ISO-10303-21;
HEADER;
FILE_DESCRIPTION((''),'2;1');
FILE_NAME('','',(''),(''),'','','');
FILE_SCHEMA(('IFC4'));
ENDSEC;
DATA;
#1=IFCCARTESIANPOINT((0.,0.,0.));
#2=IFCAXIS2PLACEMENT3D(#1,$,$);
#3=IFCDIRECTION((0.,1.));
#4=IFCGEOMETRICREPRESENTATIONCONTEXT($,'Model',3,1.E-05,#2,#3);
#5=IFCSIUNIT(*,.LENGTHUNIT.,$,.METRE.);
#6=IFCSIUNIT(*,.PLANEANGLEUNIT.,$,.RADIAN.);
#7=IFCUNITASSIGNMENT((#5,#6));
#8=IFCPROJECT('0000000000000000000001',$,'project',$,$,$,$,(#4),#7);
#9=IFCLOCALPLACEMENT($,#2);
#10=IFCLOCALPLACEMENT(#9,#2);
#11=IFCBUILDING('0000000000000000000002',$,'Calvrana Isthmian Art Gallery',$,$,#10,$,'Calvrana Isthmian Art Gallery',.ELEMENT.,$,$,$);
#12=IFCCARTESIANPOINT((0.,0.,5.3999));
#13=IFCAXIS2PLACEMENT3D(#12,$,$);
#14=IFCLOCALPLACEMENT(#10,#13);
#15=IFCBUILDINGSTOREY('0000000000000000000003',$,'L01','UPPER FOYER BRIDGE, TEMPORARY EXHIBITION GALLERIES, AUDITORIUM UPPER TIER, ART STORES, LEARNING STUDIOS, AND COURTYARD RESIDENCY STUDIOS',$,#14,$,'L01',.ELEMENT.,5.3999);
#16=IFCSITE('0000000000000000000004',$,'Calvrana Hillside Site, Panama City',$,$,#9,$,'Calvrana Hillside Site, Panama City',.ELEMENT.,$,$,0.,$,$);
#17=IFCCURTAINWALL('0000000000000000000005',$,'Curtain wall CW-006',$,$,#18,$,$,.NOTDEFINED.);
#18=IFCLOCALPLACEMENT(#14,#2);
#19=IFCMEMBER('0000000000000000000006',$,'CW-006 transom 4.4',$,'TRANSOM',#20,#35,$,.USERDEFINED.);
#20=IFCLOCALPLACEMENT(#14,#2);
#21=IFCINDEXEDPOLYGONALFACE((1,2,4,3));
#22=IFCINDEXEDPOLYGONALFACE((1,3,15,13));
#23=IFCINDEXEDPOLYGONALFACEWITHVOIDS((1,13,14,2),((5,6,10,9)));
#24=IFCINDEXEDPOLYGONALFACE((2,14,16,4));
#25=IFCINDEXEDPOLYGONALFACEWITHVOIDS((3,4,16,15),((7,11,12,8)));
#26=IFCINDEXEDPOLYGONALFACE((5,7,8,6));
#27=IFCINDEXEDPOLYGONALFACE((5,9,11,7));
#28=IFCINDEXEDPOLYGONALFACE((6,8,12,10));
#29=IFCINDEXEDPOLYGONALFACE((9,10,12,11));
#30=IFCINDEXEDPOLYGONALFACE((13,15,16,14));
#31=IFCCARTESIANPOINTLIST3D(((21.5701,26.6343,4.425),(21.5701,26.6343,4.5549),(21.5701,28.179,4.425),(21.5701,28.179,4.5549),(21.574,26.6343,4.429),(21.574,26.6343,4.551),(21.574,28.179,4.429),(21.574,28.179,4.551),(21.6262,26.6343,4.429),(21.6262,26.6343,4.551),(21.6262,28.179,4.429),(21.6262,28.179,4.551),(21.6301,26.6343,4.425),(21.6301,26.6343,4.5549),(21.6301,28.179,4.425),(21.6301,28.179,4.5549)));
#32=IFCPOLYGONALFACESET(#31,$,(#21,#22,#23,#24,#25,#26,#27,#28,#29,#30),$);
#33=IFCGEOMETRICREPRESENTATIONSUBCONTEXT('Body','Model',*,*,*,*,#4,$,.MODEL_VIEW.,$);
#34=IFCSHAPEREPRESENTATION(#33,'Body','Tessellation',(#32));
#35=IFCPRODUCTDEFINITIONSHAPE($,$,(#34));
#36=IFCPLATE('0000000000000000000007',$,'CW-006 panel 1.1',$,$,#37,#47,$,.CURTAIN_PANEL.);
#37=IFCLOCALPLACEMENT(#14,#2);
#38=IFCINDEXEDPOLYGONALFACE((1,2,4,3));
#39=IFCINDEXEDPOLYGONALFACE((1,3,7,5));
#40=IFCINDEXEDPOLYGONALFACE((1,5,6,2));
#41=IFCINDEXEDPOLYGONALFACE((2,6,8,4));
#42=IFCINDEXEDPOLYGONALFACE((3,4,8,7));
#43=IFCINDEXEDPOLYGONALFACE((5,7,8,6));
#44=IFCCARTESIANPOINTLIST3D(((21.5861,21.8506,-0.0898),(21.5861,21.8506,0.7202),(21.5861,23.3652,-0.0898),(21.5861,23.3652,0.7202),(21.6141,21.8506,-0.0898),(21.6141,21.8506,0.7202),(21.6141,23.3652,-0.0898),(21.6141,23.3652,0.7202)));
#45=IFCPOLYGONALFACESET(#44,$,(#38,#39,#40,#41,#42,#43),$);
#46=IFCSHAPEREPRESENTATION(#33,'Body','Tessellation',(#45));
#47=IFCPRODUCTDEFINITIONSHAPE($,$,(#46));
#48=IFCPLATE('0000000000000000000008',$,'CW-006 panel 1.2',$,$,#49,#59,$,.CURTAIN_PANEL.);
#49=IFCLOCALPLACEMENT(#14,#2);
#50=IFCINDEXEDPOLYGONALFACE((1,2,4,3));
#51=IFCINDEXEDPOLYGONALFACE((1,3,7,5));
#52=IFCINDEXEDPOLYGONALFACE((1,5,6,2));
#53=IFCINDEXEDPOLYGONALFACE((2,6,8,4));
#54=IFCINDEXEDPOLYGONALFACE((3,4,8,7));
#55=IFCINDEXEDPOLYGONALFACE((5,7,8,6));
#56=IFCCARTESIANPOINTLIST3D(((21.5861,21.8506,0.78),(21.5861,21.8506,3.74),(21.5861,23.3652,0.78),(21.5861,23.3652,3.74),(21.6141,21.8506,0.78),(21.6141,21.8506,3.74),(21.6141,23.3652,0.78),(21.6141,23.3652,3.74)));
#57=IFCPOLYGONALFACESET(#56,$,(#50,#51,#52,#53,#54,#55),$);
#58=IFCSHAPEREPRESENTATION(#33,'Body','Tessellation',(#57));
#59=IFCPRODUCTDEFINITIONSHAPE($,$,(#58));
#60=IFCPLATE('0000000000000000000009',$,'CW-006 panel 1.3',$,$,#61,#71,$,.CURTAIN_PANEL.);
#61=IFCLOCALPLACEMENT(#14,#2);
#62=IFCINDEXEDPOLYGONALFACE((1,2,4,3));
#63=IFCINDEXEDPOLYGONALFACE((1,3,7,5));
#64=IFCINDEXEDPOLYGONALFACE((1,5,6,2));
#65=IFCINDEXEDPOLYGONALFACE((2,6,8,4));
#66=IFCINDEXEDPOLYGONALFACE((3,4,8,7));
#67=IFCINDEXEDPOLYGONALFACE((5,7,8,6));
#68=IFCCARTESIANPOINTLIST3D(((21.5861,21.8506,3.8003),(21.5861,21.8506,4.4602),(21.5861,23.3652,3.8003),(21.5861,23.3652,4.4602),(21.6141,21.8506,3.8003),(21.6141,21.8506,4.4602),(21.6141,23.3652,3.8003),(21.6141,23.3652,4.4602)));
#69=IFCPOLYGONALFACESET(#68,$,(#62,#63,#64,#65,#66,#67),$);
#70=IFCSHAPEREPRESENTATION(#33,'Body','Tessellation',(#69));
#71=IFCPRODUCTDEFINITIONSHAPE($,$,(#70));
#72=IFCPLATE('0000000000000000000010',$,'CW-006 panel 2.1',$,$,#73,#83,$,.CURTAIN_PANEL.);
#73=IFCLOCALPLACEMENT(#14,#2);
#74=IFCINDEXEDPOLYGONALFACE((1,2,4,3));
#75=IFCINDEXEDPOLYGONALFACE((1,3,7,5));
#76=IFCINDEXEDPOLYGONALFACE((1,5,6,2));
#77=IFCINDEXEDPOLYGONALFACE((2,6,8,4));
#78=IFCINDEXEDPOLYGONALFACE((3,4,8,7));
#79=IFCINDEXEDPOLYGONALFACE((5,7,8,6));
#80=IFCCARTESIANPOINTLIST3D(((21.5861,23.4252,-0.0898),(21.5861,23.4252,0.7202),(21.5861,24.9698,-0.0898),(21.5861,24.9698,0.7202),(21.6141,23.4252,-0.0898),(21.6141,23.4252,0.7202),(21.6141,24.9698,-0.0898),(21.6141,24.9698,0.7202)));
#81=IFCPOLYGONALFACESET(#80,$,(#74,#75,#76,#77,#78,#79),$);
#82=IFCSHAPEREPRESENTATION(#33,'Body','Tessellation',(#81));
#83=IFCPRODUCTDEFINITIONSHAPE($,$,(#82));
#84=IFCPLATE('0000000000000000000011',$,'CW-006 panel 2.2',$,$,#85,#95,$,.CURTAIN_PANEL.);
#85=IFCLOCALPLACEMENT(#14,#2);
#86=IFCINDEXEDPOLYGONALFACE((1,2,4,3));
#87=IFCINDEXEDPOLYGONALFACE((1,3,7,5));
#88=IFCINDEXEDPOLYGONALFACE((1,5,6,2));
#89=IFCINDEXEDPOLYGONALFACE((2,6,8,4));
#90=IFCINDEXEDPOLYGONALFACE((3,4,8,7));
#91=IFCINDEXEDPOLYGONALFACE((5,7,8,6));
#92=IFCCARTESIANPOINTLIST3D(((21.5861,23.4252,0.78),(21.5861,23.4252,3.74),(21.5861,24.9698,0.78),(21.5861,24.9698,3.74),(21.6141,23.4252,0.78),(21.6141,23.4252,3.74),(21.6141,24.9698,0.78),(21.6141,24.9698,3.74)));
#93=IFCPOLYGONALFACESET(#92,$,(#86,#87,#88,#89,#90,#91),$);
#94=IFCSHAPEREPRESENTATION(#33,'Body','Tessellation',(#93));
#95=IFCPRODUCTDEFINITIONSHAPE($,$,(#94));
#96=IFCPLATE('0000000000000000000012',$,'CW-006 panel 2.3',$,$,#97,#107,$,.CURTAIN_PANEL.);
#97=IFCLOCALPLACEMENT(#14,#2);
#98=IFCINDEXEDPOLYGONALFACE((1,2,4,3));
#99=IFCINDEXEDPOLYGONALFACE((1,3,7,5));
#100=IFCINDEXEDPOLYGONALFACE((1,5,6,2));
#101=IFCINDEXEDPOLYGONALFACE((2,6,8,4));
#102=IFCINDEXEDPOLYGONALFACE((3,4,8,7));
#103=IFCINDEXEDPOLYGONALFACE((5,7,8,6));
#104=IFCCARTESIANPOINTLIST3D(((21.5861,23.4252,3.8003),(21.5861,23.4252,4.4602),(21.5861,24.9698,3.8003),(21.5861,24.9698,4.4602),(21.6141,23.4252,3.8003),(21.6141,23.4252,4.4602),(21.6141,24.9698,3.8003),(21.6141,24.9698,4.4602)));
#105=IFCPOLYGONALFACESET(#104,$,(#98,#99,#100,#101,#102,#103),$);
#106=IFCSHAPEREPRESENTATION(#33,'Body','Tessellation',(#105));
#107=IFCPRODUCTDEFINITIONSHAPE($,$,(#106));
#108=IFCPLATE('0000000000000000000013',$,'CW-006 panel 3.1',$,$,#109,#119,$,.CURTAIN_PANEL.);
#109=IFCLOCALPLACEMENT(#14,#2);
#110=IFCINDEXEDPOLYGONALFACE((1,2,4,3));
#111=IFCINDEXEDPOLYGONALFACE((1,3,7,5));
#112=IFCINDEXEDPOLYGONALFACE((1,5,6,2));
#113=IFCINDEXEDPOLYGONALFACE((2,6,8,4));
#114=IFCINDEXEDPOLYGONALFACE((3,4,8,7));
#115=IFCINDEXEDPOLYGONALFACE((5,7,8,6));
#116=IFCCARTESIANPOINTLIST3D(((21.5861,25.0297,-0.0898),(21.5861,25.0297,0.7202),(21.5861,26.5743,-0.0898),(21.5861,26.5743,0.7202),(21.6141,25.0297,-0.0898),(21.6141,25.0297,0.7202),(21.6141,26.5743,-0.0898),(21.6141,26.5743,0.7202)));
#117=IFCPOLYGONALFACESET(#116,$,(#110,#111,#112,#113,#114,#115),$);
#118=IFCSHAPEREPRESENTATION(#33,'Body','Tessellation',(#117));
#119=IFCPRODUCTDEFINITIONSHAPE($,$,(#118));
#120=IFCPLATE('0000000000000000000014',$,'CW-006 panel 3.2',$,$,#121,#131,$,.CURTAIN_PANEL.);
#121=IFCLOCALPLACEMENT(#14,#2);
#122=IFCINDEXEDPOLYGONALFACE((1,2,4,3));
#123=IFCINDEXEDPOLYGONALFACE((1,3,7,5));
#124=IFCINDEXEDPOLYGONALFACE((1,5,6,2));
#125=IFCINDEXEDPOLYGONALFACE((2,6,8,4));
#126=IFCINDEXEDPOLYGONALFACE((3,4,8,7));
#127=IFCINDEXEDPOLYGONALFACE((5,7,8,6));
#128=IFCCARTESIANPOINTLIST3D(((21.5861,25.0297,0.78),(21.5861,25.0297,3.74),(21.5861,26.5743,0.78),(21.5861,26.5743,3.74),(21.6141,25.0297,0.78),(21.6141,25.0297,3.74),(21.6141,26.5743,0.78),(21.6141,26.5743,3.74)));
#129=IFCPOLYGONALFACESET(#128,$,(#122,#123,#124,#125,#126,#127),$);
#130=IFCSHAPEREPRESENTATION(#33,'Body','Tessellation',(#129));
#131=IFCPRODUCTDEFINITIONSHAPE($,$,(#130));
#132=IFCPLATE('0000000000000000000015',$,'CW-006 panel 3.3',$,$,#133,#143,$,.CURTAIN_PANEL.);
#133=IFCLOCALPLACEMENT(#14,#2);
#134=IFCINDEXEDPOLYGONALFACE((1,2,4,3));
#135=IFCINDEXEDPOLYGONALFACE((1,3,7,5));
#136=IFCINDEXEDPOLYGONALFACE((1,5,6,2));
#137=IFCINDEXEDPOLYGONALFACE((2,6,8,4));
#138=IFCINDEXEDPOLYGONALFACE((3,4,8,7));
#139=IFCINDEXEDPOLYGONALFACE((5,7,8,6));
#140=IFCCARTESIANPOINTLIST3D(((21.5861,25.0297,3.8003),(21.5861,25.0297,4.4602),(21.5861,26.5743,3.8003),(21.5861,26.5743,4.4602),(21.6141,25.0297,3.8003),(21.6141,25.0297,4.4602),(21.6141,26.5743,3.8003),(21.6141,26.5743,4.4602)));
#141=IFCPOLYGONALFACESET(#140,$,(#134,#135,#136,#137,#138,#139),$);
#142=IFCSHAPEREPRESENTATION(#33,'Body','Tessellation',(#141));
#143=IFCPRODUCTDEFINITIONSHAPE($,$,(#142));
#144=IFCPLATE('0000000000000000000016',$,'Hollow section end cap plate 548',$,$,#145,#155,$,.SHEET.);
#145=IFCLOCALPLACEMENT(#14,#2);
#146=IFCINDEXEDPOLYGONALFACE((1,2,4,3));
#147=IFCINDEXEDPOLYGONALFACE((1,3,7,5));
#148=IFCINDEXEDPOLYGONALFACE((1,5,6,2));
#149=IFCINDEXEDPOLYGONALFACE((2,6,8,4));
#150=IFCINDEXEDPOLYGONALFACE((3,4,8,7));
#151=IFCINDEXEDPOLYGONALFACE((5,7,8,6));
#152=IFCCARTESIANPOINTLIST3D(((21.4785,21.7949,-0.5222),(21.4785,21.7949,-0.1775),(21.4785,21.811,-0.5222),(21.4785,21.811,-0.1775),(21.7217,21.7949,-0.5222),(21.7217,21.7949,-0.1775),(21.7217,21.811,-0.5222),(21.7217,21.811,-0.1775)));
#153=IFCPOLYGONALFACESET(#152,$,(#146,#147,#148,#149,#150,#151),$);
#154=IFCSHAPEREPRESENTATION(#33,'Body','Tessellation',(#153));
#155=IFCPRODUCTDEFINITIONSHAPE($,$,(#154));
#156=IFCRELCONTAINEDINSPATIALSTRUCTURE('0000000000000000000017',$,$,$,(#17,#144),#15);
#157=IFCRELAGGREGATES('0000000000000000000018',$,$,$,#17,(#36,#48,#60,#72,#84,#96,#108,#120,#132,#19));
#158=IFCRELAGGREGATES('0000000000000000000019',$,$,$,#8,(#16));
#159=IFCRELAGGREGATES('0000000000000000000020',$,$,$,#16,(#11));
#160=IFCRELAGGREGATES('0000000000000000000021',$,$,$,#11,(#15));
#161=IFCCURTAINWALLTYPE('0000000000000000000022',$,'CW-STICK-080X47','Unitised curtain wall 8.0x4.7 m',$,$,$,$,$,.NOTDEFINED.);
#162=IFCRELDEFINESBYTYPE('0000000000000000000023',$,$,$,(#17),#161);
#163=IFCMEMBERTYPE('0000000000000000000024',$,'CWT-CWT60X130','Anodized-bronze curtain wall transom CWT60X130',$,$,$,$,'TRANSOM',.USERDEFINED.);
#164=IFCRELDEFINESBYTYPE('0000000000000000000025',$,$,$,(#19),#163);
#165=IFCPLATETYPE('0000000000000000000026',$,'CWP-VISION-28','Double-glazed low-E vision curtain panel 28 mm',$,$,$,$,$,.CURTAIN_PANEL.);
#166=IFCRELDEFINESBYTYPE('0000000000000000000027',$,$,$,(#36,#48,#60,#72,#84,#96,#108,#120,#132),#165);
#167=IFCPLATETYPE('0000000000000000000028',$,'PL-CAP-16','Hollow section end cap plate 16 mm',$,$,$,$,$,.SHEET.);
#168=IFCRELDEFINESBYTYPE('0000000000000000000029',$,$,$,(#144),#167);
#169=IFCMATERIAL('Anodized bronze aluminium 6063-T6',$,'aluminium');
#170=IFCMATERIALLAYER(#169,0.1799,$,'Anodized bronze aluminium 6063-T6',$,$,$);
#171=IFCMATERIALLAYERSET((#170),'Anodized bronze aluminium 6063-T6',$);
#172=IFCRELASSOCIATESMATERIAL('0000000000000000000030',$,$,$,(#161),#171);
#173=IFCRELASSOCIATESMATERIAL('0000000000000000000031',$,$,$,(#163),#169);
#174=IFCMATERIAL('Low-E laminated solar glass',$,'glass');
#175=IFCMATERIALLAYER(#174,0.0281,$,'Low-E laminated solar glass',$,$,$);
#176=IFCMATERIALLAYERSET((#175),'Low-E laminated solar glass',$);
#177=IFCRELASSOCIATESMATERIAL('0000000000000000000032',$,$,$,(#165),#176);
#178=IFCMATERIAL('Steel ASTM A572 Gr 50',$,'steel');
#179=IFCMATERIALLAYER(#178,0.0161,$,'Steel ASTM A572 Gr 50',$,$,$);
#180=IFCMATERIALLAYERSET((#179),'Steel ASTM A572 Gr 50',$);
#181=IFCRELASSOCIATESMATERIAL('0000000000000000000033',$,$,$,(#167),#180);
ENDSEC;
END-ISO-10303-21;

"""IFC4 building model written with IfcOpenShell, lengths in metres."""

from ifc_helpers import new_model, si_unit, direction, frame, origin, origin_2d, place, context, subcontext, project, spatial, rectangle, hollow_rectangle, extrude, material, layer, layer_set, material_profile, profile_set, type_object, element, aggregate, save


model = new_model("IFC4")

# Units and contexts
model_context = context("Model", 3, precision=1e-05, world=origin(), true_north=direction((0.0, 1.0)))
body_context = subcontext(model_context, "Body", "Model", "MODEL_VIEW")
ifc_project = project(units=[si_unit("LENGTHUNIT", "METRE"), si_unit("PLANEANGLEUNIT", "RADIAN")], contexts=[model_context])

# Site, building, storey
site_placement = place(None, origin())
site = spatial("IfcSite", under=ifc_project, at=site_placement, Name="Calvrana Hillside Site, Panama City", LongName="Calvrana Hillside Site, Panama City", CompositionType="ELEMENT", RefElevation=0.0)
building_placement = place(site_placement, origin())
building = spatial("IfcBuilding", under=site, at=building_placement, Name="Calvrana Isthmian Art Gallery", LongName="Calvrana Isthmian Art Gallery", CompositionType="ELEMENT")
storey_placement = place(building_placement, frame((0.0, 0.0, 5.3999)))
storey = spatial("IfcBuildingStorey", under=building, at=storey_placement, Name="L01", Description="UPPER FOYER BRIDGE, TEMPORARY EXHIBITION GALLERIES, AUDITORIUM UPPER TIER, ART STORES, LEARNING STUDIOS, AND COURTYARD RESIDENCY STUDIOS", LongName="L01", CompositionType="ELEMENT", Elevation=5.3999)

# Curtain wall, member, plates
ifc_material_1 = material(Name="Anodized bronze aluminium 6063-T6", Category="aluminium")
ifc_layer_1 = layer(ifc_material_1, 0.1799, Name="Anodized bronze aluminium 6063-T6")
ifc_layer_set_1 = layer_set([ifc_layer_1], Name="Anodized bronze aluminium 6063-T6")
curtain_wall_type = type_object("IfcCurtainWallType", Name="CW-STICK-080X47", Description="Unitised curtain wall 8.0x4.7 m", PredefinedType="NOTDEFINED", material=ifc_layer_set_1)
curtain_wall_placement = place(storey_placement, origin())
curtain_wall = element("IfcCurtainWall", 1, at=curtain_wall_placement, inside=storey, type_object=curtain_wall_type, Name="Curtain wall CW-006", PredefinedType="NOTDEFINED")
ifc_material_profile_1 = material_profile(ifc_material_1, hollow_rectangle(XDim=0.0601, YDim=0.1299, WallThickness=0.0039, at=origin_2d()), Name="CWT60X130")
ifc_profile_set_1 = profile_set([ifc_material_profile_1], Name="Anodized bronze aluminium 6063-T6")
member_type_1 = type_object("IfcMemberType", Name="CWT-CWT60X130", Description="Anodized-bronze curtain wall transom CWT60X130", ElementType="TRANSOM", PredefinedType="USERDEFINED", material=ifc_profile_set_1)
member_1_placement = place(storey_placement, frame((21.6001, 26.6343, 4.49), z_axis=(0.0, 1.0, 0.0), x_axis=(-1.0, 0.0, 0.0)))
member_1 = element("IfcMember", 2, at=member_1_placement, type_object=member_type_1, Name="CW-006 transom 4.4", ObjectType="TRANSOM", PredefinedType="USERDEFINED", context=body_context, shape_type="SweptSolid", body=[
    extrude(hollow_rectangle(XDim=0.0601, YDim=0.1299, WallThickness=0.0039, at=origin_2d()), origin(), (0.0, 0.0, 1.0), 1.5447),
])
ifc_material_2 = material(Name="Low-E laminated solar glass", Category="glass")
ifc_layer_2 = layer(ifc_material_2, 0.0281, Name="Low-E laminated solar glass")
ifc_layer_set_2 = layer_set([ifc_layer_2], Name="Low-E laminated solar glass")
plate_type_1 = type_object("IfcPlateType", Name="CWP-VISION-28", Description="Double-glazed low-E vision curtain panel 28 mm", PredefinedType="CURTAIN_PANEL", material=ifc_layer_set_2)
plate_1_placement = place(storey_placement, frame((21.6001, 22.6079, -0.0898), z_axis=(0.0, 0.0, 1.0), x_axis=(0.0, 1.0, 0.0)))
plate_1 = element("IfcPlate", 3, at=plate_1_placement, type_object=plate_type_1, Name="CW-006 panel 1.1", PredefinedType="CURTAIN_PANEL", context=body_context, shape_type="SweptSolid", body=[
    extrude(rectangle(XDim=1.5146, YDim=0.0281, at=origin_2d()), origin(), (0.0, 0.0, 1.0), 0.8101),
])
plate_2_placement = place(storey_placement, frame((21.6001, 22.6079, 0.78), z_axis=(0.0, 0.0, 1.0), x_axis=(0.0, 1.0, 0.0)))
plate_2 = element("IfcPlate", 4, at=plate_2_placement, type_object=plate_type_1, Name="CW-006 panel 1.2", PredefinedType="CURTAIN_PANEL", context=body_context, shape_type="SweptSolid", body=[
    extrude(rectangle(XDim=1.5146, YDim=0.0281, at=origin_2d()), origin(), (0.0, 0.0, 1.0), 2.96),
])
plate_3_placement = place(storey_placement, frame((21.6001, 22.6079, 3.8003), z_axis=(0.0, 0.0, 1.0), x_axis=(0.0, 1.0, 0.0)))
plate_3 = element("IfcPlate", 5, at=plate_3_placement, type_object=plate_type_1, Name="CW-006 panel 1.3", PredefinedType="CURTAIN_PANEL", context=body_context, shape_type="SweptSolid", body=[
    extrude(rectangle(XDim=1.5146, YDim=0.0281, at=origin_2d()), origin(), (0.0, 0.0, 1.0), 0.6599),
])
plate_4_placement = place(storey_placement, frame((21.6001, 24.1975, -0.0898), z_axis=(0.0, 0.0, 1.0), x_axis=(0.0, 1.0, 0.0)))
plate_4 = element("IfcPlate", 6, at=plate_4_placement, type_object=plate_type_1, Name="CW-006 panel 2.1", PredefinedType="CURTAIN_PANEL", context=body_context, shape_type="SweptSolid", body=[
    extrude(rectangle(XDim=1.5447, YDim=0.0281, at=origin_2d()), origin(), (0.0, 0.0, 1.0), 0.8101),
])
plate_5_placement = place(storey_placement, frame((21.6001, 24.1975, 0.78), z_axis=(0.0, 0.0, 1.0), x_axis=(0.0, 1.0, 0.0)))
plate_5 = element("IfcPlate", 7, at=plate_5_placement, type_object=plate_type_1, Name="CW-006 panel 2.2", PredefinedType="CURTAIN_PANEL", context=body_context, shape_type="SweptSolid", body=[
    extrude(rectangle(XDim=1.5447, YDim=0.0281, at=origin_2d()), origin(), (0.0, 0.0, 1.0), 2.96),
])
plate_6_placement = place(storey_placement, frame((21.6001, 24.1975, 3.8003), z_axis=(0.0, 0.0, 1.0), x_axis=(0.0, 1.0, 0.0)))
plate_6 = element("IfcPlate", 8, at=plate_6_placement, type_object=plate_type_1, Name="CW-006 panel 2.3", PredefinedType="CURTAIN_PANEL", context=body_context, shape_type="SweptSolid", body=[
    extrude(rectangle(XDim=1.5447, YDim=0.0281, at=origin_2d()), origin(), (0.0, 0.0, 1.0), 0.6599),
])
plate_7_placement = place(storey_placement, frame((21.6001, 25.802, -0.0898), z_axis=(0.0, 0.0, 1.0), x_axis=(0.0, 1.0, 0.0)))
plate_7 = element("IfcPlate", 9, at=plate_7_placement, type_object=plate_type_1, Name="CW-006 panel 3.1", PredefinedType="CURTAIN_PANEL", context=body_context, shape_type="SweptSolid", body=[
    extrude(rectangle(XDim=1.5447, YDim=0.0281, at=origin_2d()), origin(), (0.0, 0.0, 1.0), 0.8101),
])
plate_8_placement = place(storey_placement, frame((21.6001, 25.802, 0.78), z_axis=(0.0, 0.0, 1.0), x_axis=(0.0, 1.0, 0.0)))
plate_8 = element("IfcPlate", 10, at=plate_8_placement, type_object=plate_type_1, Name="CW-006 panel 3.2", PredefinedType="CURTAIN_PANEL", context=body_context, shape_type="SweptSolid", body=[
    extrude(rectangle(XDim=1.5447, YDim=0.0281, at=origin_2d()), origin(), (0.0, 0.0, 1.0), 2.96),
])
plate_9_placement = place(storey_placement, frame((21.6001, 25.802, 3.8003), z_axis=(0.0, 0.0, 1.0), x_axis=(0.0, 1.0, 0.0)))
plate_9 = element("IfcPlate", 11, at=plate_9_placement, type_object=plate_type_1, Name="CW-006 panel 3.3", PredefinedType="CURTAIN_PANEL", context=body_context, shape_type="SweptSolid", body=[
    extrude(rectangle(XDim=1.5447, YDim=0.0281, at=origin_2d()), origin(), (0.0, 0.0, 1.0), 0.6599),
])
aggregate(curtain_wall, [plate_1, plate_2, plate_3, plate_4, plate_5, plate_6, plate_7, plate_8, plate_9, member_1])

# Plate
ifc_material_3 = material(Name="Steel ASTM A572 Gr 50", Category="steel")
ifc_layer_3 = layer(ifc_material_3, 0.0161, Name="Steel ASTM A572 Gr 50")
ifc_layer_set_3 = layer_set([ifc_layer_3], Name="Steel ASTM A572 Gr 50")
plate_type_2 = type_object("IfcPlateType", Name="PL-CAP-16", Description="Hollow section end cap plate 16 mm", PredefinedType="SHEET", material=ifc_layer_set_3)
plate_10_placement = place(storey_placement, frame((21.6001, 21.803, -0.5222), z_axis=(0.0, 0.0, 1.0), x_axis=(1.0, 0.0, 0.0)))
element("IfcPlate", 12, at=plate_10_placement, inside=storey, type_object=plate_type_2, Name="Hollow section end cap plate 548", PredefinedType="SHEET", context=body_context, shape_type="SweptSolid", body=[
    extrude(rectangle(XDim=0.2432, YDim=0.0161, at=origin_2d()), origin(), (0.0, 0.0, 1.0), 0.3447),
])

save(model, "model.ifc")
